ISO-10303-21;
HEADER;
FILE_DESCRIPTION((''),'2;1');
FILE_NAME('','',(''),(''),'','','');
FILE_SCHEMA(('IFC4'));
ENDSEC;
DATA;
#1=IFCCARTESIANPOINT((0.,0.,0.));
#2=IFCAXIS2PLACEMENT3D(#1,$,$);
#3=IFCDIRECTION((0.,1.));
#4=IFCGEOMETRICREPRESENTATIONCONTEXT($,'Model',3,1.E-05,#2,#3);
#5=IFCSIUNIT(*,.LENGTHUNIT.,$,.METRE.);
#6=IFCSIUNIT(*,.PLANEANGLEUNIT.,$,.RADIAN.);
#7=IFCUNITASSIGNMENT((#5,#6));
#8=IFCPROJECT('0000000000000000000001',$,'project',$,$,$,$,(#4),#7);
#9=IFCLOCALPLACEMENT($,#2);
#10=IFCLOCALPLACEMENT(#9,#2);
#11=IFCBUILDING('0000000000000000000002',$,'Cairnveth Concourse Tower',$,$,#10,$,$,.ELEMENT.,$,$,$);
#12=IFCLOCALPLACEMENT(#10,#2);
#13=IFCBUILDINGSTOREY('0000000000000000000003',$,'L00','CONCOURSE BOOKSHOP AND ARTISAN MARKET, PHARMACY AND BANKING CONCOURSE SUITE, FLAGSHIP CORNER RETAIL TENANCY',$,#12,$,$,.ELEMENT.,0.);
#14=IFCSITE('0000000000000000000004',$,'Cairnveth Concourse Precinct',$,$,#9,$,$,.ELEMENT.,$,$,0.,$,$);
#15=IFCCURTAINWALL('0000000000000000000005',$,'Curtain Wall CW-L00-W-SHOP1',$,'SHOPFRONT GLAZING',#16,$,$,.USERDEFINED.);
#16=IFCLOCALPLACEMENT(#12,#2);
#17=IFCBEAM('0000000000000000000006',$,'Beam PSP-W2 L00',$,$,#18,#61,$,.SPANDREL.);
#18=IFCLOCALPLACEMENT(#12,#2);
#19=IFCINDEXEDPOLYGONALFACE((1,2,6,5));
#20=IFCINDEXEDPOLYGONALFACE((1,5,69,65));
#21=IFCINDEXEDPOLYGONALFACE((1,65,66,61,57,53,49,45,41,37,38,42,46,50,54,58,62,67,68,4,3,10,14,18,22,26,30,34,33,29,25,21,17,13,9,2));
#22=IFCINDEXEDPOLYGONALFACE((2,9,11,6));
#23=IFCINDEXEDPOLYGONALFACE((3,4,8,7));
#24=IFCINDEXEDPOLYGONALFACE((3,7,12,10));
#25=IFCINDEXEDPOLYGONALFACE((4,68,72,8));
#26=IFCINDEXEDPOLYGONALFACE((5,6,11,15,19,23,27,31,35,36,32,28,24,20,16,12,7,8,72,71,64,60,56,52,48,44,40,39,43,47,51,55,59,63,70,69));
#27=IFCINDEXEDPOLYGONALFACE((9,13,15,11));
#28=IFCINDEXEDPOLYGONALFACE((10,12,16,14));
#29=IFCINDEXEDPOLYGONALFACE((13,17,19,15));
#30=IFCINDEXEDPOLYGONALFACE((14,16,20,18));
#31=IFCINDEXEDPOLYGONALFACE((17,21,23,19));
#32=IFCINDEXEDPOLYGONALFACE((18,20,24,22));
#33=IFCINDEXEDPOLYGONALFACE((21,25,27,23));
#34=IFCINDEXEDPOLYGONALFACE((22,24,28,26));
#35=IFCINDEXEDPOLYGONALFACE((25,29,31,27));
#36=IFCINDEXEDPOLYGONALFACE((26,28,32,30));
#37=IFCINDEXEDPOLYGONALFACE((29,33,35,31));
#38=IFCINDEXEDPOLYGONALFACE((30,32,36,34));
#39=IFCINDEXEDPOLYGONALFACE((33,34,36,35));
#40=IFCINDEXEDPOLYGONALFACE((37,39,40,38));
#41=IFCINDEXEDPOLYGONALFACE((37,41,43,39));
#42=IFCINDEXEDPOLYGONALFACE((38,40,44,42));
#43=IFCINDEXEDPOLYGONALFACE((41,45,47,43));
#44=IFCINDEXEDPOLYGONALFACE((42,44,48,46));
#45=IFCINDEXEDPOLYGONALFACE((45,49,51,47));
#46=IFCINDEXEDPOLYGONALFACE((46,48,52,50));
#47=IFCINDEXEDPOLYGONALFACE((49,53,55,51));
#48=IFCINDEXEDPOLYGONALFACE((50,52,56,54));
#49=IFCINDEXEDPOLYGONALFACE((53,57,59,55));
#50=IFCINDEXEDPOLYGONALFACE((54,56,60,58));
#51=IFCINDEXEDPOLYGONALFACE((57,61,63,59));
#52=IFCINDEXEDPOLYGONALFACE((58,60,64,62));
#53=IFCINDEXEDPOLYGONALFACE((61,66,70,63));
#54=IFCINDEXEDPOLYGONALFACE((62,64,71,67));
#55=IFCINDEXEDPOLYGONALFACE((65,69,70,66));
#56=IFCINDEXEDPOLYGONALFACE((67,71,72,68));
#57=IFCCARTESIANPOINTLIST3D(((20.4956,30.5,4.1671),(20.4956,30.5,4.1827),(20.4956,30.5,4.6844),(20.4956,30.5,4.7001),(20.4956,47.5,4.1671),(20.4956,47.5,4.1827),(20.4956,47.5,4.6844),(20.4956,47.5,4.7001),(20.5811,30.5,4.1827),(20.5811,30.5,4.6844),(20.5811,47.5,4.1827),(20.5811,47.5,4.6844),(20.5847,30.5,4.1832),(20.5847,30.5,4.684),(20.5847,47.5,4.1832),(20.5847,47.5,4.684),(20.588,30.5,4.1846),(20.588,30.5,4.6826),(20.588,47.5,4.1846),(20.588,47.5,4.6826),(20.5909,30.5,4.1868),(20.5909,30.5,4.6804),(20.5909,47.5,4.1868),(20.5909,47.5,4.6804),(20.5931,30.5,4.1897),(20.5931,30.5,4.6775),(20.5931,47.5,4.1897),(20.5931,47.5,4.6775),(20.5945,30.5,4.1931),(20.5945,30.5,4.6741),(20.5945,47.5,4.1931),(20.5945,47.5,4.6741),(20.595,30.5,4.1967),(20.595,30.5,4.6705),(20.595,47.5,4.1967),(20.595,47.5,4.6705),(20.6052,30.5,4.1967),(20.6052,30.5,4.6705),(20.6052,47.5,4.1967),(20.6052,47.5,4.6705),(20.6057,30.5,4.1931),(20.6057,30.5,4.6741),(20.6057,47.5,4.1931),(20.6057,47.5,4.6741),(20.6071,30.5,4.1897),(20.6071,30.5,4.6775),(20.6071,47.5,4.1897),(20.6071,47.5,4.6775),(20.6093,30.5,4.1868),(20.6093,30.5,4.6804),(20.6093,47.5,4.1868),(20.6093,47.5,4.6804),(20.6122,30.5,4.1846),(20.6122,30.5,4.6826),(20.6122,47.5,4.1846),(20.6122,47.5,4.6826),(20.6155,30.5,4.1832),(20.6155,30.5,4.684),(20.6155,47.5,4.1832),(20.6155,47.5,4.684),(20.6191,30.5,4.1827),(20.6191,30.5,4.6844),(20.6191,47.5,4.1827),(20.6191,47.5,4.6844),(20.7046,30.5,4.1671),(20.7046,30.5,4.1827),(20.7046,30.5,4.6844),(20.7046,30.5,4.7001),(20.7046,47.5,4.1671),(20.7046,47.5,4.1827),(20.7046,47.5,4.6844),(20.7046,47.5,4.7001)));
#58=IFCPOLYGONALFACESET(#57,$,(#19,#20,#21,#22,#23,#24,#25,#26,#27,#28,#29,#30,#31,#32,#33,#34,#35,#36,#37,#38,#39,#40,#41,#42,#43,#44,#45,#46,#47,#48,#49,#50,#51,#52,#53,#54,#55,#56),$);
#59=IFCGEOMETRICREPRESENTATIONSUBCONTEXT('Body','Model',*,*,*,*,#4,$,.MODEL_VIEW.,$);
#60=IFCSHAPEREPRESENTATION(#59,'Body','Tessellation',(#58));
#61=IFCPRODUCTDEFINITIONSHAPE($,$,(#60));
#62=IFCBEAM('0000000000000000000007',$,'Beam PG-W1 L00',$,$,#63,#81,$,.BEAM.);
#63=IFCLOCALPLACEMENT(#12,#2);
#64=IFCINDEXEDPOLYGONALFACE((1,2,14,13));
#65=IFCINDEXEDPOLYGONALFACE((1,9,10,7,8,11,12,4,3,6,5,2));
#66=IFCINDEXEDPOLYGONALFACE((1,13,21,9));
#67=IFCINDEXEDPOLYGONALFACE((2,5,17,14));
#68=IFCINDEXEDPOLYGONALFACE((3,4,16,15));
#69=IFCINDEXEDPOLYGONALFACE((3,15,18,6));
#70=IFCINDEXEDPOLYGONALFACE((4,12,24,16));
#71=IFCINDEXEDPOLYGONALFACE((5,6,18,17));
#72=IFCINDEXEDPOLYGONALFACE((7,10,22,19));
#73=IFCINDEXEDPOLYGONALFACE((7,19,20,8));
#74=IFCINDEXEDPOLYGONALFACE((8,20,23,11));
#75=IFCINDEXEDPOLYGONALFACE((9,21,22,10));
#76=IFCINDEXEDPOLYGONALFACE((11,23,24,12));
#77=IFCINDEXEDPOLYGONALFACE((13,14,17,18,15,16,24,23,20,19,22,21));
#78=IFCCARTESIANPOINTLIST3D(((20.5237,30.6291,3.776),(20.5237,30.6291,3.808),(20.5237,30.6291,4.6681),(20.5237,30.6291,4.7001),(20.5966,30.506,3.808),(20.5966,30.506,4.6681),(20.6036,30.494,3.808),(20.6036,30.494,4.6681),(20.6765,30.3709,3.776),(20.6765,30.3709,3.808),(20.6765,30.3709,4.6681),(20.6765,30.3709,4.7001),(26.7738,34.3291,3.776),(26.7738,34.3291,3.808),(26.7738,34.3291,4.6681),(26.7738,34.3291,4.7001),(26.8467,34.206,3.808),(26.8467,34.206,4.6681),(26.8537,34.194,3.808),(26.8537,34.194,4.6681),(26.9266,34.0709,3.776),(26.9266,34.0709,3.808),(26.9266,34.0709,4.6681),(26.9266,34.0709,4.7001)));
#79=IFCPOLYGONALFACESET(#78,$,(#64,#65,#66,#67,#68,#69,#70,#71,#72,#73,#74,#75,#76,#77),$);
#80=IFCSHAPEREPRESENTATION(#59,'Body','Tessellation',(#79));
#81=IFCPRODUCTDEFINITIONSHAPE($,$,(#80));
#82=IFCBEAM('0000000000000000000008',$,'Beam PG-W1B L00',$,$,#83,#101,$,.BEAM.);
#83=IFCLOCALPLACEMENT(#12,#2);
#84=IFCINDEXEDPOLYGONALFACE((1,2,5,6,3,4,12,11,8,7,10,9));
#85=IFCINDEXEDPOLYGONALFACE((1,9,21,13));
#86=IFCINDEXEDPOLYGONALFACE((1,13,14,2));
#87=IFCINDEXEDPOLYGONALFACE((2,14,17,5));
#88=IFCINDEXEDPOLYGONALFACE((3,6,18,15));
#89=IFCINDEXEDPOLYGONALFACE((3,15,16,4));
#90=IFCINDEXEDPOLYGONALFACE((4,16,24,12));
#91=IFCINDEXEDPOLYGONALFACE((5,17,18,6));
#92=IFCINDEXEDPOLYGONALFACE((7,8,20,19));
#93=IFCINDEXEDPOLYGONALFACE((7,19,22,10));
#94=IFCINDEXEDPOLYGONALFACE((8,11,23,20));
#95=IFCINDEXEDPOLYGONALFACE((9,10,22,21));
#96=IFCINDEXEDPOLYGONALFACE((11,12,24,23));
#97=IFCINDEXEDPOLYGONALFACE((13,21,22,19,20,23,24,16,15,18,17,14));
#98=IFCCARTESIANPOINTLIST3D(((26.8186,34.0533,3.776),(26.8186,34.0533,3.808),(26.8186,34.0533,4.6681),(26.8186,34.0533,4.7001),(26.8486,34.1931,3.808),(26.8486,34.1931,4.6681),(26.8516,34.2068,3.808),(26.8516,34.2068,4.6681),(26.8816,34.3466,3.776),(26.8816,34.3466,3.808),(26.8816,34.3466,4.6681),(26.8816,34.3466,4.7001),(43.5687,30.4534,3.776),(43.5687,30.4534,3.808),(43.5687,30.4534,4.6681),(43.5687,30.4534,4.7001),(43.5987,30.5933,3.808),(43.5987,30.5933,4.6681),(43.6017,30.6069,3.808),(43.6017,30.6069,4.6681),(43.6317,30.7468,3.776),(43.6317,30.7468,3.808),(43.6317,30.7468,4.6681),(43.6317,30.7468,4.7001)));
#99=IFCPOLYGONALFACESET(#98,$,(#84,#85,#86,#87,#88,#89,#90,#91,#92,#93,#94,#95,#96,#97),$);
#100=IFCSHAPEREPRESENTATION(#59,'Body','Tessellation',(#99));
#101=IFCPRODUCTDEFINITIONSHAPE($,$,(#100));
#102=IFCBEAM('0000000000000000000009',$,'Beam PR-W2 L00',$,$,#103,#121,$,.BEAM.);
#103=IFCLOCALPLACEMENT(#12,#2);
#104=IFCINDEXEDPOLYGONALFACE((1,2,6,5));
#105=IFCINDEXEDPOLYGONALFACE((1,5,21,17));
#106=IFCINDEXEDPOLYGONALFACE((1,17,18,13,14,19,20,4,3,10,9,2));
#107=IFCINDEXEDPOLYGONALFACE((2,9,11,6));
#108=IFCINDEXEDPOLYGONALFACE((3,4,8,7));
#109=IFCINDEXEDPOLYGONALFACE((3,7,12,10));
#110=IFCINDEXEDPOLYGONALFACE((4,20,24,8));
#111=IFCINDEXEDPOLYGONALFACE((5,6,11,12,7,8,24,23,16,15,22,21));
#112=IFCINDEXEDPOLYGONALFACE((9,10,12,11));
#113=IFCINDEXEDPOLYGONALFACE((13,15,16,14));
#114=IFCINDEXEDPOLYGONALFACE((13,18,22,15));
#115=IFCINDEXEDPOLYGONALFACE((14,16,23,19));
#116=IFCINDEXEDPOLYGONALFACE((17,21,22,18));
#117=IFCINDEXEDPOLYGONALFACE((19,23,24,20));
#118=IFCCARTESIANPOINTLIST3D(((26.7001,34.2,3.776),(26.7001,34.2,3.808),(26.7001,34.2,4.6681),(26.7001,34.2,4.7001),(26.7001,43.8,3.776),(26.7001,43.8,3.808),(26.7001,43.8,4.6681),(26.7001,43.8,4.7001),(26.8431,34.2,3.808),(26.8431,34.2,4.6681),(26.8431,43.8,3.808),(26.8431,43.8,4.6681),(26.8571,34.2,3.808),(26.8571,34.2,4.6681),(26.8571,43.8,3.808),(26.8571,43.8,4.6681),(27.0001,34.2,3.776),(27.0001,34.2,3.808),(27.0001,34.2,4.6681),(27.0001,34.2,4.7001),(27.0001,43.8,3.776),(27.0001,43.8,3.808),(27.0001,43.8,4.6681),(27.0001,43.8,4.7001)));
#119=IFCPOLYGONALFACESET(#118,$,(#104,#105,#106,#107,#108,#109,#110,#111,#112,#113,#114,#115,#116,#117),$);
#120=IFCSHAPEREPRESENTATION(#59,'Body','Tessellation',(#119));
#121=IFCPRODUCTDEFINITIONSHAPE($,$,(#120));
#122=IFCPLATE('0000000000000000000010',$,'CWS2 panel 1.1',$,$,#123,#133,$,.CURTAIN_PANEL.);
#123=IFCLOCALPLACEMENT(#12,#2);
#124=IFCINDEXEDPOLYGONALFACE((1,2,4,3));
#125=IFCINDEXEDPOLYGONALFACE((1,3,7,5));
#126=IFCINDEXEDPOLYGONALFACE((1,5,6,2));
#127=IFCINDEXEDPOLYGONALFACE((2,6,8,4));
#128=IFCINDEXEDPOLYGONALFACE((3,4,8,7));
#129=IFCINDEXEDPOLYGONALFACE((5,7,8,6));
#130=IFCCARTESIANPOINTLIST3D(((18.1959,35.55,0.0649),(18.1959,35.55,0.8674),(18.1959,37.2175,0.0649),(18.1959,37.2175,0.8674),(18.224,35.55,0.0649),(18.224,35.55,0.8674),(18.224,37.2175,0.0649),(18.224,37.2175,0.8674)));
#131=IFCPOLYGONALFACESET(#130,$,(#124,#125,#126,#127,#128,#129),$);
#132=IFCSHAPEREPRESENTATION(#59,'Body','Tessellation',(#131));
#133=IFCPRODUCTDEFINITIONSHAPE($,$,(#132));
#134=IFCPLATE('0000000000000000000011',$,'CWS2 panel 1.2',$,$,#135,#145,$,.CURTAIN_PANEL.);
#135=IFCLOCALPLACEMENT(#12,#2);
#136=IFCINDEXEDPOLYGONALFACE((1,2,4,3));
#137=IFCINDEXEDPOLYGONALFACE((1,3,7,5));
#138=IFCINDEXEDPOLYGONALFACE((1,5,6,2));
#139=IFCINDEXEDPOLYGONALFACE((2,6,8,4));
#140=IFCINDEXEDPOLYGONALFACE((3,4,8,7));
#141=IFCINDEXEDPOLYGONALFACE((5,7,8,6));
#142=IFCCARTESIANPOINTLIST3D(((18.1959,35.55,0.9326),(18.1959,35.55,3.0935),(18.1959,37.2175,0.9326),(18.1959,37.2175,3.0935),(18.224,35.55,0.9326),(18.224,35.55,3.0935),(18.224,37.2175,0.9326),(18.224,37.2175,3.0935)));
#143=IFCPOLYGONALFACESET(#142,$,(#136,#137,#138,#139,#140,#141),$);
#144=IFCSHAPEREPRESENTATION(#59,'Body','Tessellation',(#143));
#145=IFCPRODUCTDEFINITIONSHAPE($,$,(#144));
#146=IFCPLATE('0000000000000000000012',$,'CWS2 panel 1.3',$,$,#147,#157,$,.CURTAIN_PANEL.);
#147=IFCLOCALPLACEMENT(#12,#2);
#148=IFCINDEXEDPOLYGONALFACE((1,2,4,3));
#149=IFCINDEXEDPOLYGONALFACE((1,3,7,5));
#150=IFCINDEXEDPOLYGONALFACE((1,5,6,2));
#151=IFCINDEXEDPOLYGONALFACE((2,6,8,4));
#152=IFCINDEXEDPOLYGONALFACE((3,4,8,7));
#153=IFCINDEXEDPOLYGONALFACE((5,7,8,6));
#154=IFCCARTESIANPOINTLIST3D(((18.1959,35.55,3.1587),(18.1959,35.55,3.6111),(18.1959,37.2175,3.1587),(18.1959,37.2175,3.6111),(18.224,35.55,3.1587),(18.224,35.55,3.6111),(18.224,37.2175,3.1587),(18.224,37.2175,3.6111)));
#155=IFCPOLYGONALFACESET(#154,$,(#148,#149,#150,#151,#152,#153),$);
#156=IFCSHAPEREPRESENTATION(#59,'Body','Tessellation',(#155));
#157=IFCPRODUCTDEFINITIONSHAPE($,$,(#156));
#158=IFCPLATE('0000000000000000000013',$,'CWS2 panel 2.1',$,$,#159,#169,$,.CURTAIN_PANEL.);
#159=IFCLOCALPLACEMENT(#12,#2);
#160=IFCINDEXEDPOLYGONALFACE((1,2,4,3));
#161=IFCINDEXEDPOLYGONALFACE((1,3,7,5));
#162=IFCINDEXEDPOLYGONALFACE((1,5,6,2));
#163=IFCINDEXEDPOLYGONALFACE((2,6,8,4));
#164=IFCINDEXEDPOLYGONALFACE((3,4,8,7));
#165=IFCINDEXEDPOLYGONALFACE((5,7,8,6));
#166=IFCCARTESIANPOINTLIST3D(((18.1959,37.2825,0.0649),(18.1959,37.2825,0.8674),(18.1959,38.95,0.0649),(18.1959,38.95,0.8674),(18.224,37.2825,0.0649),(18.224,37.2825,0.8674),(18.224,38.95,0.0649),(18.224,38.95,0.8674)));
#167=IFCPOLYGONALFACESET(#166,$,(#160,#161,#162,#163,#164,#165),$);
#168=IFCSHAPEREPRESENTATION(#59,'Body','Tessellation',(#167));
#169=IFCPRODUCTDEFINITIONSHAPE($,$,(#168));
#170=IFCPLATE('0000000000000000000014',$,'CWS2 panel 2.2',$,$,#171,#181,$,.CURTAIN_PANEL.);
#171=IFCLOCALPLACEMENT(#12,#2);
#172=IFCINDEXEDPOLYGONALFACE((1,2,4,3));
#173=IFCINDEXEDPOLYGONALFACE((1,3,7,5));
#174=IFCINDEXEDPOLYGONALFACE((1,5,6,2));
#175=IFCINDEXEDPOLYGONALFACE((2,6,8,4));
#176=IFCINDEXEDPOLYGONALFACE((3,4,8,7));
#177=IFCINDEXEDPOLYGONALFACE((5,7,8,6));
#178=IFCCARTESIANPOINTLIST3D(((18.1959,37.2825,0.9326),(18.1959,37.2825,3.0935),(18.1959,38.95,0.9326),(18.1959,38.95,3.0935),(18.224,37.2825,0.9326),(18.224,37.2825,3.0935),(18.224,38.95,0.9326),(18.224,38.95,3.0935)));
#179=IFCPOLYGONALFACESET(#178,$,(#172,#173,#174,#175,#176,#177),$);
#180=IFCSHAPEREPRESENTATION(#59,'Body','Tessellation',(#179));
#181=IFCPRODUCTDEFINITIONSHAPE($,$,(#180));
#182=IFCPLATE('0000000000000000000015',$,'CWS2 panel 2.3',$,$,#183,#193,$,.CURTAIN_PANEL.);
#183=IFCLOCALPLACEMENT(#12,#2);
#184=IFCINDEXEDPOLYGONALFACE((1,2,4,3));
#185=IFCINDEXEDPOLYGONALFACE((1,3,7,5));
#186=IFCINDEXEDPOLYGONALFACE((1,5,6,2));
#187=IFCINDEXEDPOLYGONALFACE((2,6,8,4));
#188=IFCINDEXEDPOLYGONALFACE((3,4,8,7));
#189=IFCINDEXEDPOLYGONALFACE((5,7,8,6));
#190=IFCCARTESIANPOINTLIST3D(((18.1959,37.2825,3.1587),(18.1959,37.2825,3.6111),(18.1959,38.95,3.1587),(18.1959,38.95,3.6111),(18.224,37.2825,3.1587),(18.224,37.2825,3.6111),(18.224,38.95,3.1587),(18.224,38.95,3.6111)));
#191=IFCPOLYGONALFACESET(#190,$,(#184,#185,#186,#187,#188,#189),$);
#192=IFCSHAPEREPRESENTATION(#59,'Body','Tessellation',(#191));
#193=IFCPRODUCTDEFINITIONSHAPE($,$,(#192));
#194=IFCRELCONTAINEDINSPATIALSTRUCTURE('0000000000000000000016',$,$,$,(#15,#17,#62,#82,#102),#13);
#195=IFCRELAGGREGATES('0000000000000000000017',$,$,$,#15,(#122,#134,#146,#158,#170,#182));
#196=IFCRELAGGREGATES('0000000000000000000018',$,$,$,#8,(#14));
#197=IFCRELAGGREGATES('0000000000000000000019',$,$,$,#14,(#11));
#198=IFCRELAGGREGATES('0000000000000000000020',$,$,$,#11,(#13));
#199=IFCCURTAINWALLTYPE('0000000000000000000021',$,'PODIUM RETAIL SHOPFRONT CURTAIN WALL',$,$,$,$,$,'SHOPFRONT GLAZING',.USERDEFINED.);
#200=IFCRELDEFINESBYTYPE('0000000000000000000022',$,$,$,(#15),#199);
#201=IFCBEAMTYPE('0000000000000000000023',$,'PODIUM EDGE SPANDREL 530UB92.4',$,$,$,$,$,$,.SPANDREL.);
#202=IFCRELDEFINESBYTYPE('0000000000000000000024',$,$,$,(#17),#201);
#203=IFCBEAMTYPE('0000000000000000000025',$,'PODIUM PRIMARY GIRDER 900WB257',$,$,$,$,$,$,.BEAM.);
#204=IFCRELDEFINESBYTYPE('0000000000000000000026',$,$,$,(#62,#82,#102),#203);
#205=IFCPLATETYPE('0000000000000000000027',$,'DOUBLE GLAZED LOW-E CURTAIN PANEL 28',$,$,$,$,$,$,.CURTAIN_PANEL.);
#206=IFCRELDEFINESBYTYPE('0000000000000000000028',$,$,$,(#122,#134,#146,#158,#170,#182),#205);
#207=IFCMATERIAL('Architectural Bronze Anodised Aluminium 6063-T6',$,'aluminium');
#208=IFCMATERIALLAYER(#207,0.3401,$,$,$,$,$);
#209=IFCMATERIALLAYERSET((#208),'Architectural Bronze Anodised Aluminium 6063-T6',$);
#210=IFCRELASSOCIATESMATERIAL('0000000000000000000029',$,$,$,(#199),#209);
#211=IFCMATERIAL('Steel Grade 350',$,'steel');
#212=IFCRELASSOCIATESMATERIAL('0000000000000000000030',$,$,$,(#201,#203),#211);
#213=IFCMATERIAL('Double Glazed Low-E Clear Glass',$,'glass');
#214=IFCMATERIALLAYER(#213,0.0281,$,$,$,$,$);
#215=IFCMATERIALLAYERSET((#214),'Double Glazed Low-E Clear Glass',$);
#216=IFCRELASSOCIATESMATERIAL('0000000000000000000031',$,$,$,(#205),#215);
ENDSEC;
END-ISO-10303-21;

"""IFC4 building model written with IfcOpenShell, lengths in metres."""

from ifc_helpers import new_model, si_unit, direction, frame, origin, origin_2d, place, context, subcontext, project, spatial, rectangle, i_section, extrude, material, layer, layer_set, material_profile, profile_set, type_object, element, aggregate, save


model = new_model("IFC4")

# Units and contexts
model_context = context("Model", 3, precision=1e-05, world=origin(), true_north=direction((0.0, 1.0)))
body_context = subcontext(model_context, "Body", "Model", "MODEL_VIEW")
ifc_project = project(units=[si_unit("LENGTHUNIT", "METRE"), si_unit("PLANEANGLEUNIT", "RADIAN")], contexts=[model_context])

# Site, building, storey
site_placement = place(None, origin())
site = spatial("IfcSite", under=ifc_project, at=site_placement, Name="Cairnveth Concourse Precinct", CompositionType="ELEMENT", RefElevation=0.0)
building_placement = place(site_placement, origin())
building = spatial("IfcBuilding", under=site, at=building_placement, Name="Cairnveth Concourse Tower", CompositionType="ELEMENT")
storey_placement = place(building_placement, origin())
storey = spatial("IfcBuildingStorey", under=building, at=storey_placement, Name="L00", Description="CONCOURSE BOOKSHOP AND ARTISAN MARKET, PHARMACY AND BANKING CONCOURSE SUITE, FLAGSHIP CORNER RETAIL TENANCY", CompositionType="ELEMENT", Elevation=0.0)

# Curtain wall
ifc_material_1 = material(Name="Architectural Bronze Anodised Aluminium 6063-T6", Category="aluminium")
ifc_layer_1 = layer(ifc_material_1, 0.3401)
ifc_layer_set_1 = layer_set([ifc_layer_1], Name="Architectural Bronze Anodised Aluminium 6063-T6")
curtain_wall_type = type_object("IfcCurtainWallType", Name="PODIUM RETAIL SHOPFRONT CURTAIN WALL", ElementType="SHOPFRONT GLAZING", PredefinedType="USERDEFINED", material=ifc_layer_set_1)
curtain_wall_placement = place(storey_placement, origin())
curtain_wall = element("IfcCurtainWall", 1, at=curtain_wall_placement, inside=storey, type_object=curtain_wall_type, Name="Curtain Wall CW-L00-W-SHOP1", ObjectType="SHOPFRONT GLAZING", PredefinedType="USERDEFINED")

# Beams
ifc_material_2 = material(Name="Steel Grade 350", Category="steel")
ifc_material_profile_1 = material_profile(ifc_material_2, i_section(OverallWidth=0.209, OverallDepth=0.533, WebThickness=0.0103, FlangeThickness=0.0156, FilletRadius=0.0139, at=origin_2d()), Name="530UB92.4")
ifc_profile_set_1 = profile_set([ifc_material_profile_1], Name="Steel Grade 350")
beam_type_1 = type_object("IfcBeamType", Name="PODIUM EDGE SPANDREL 530UB92.4", PredefinedType="SPANDREL", material=ifc_profile_set_1)
beam_1_placement = place(storey_placement, frame((20.6001, 30.5, 4.4336), z_axis=(0.0, 1.0, 0.0), x_axis=(-1.0, 0.0, 0.0)))
element("IfcBeam", 2, at=beam_1_placement, inside=storey, type_object=beam_type_1, Name="Beam PSP-W2 L00", PredefinedType="SPANDREL", context=body_context, shape_type="SweptSolid", body=[
    extrude(i_section(OverallWidth=0.209, OverallDepth=0.533, WebThickness=0.0103, FlangeThickness=0.0156, FilletRadius=0.0139, at=origin_2d()), origin(), (0.0, 0.0, 1.0), 17.0),
])
ifc_material_profile_2 = material_profile(ifc_material_2, i_section(OverallWidth=0.3, OverallDepth=0.9241, WebThickness=0.0139, FlangeThickness=0.032, at=origin_2d()), Name="900WB257")
ifc_profile_set_2 = profile_set([ifc_material_profile_2], Name="Steel Grade 350")
beam_type_2 = type_object("IfcBeamType", Name="PODIUM PRIMARY GIRDER 900WB257", PredefinedType="BEAM", material=ifc_profile_set_2)
beam_2_placement = place(storey_placement, frame((20.6001, 30.5, 4.238), z_axis=(0.860518, 0.50942, 0.0), x_axis=(-0.50942, 0.860518, 0.0)))
element("IfcBeam", 3, at=beam_2_placement, inside=storey, type_object=beam_type_2, Name="Beam PG-W1 L00", PredefinedType="BEAM", context=body_context, shape_type="SweptSolid", body=[
    extrude(i_section(OverallWidth=0.3, OverallDepth=0.9241, WebThickness=0.0139, FlangeThickness=0.032, at=origin_2d()), origin(), (0.0, 0.0, 1.0), 7.2632),
])
beam_3_placement = place(storey_placement, frame((26.8501, 34.2, 4.238), z_axis=(0.977676, -0.210119, 0.0), x_axis=(0.210119, 0.977676, 0.0)))
element("IfcBeam", 4, at=beam_3_placement, inside=storey, type_object=beam_type_2, Name="Beam PG-W1B L00", PredefinedType="BEAM", context=body_context, shape_type="SweptSolid", body=[
    extrude(i_section(OverallWidth=0.3, OverallDepth=0.9241, WebThickness=0.0139, FlangeThickness=0.032, at=origin_2d()), origin(), (0.0, 0.0, 1.0), 17.1326),
])
beam_4_placement = place(storey_placement, frame((26.8501, 34.2, 4.238), z_axis=(0.0, 1.0, 0.0), x_axis=(-1.0, 0.0, 0.0)))
element("IfcBeam", 5, at=beam_4_placement, inside=storey, type_object=beam_type_2, Name="Beam PR-W2 L00", PredefinedType="BEAM", context=body_context, shape_type="SweptSolid", body=[
    extrude(i_section(OverallWidth=0.3, OverallDepth=0.9241, WebThickness=0.0139, FlangeThickness=0.032, at=origin_2d()), origin(), (0.0, 0.0, 1.0), 9.6001),
])

# Plates
ifc_material_3 = material(Name="Double Glazed Low-E Clear Glass", Category="glass")
ifc_layer_2 = layer(ifc_material_3, 0.0281)
ifc_layer_set_2 = layer_set([ifc_layer_2], Name="Double Glazed Low-E Clear Glass")
plate_type = type_object("IfcPlateType", Name="DOUBLE GLAZED LOW-E CURTAIN PANEL 28", PredefinedType="CURTAIN_PANEL", material=ifc_layer_set_2)
plate_1_placement = place(storey_placement, frame((18.21, 36.3838, 0.0649), z_axis=(0.0, 0.0, 1.0), x_axis=(0.0, 1.0, 0.0)))
plate_1 = element("IfcPlate", 6, at=plate_1_placement, type_object=plate_type, Name="CWS2 panel 1.1", PredefinedType="CURTAIN_PANEL", context=body_context, shape_type="SweptSolid", body=[
    extrude(rectangle(XDim=1.6675, YDim=0.0281, at=origin_2d()), origin(), (0.0, 0.0, 1.0), 0.8025),
])
plate_2_placement = place(storey_placement, frame((18.21, 36.3838, 0.9326), z_axis=(0.0, 0.0, 1.0), x_axis=(0.0, 1.0, 0.0)))
plate_2 = element("IfcPlate", 7, at=plate_2_placement, type_object=plate_type, Name="CWS2 panel 1.2", PredefinedType="CURTAIN_PANEL", context=body_context, shape_type="SweptSolid", body=[
    extrude(rectangle(XDim=1.6675, YDim=0.0281, at=origin_2d()), origin(), (0.0, 0.0, 1.0), 2.1609),
])
plate_3_placement = place(storey_placement, frame((18.21, 36.3838, 3.1587), z_axis=(0.0, 0.0, 1.0), x_axis=(0.0, 1.0, 0.0)))
plate_3 = element("IfcPlate", 8, at=plate_3_placement, type_object=plate_type, Name="CWS2 panel 1.3", PredefinedType="CURTAIN_PANEL", context=body_context, shape_type="SweptSolid", body=[
    extrude(rectangle(XDim=1.6675, YDim=0.0281, at=origin_2d()), origin(), (0.0, 0.0, 1.0), 0.4524),
])
plate_4_placement = place(storey_placement, frame((18.21, 38.1162, 0.0649), z_axis=(0.0, 0.0, 1.0), x_axis=(0.0, 1.0, 0.0)))
plate_4 = element("IfcPlate", 9, at=plate_4_placement, type_object=plate_type, Name="CWS2 panel 2.1", PredefinedType="CURTAIN_PANEL", context=body_context, shape_type="SweptSolid", body=[
    extrude(rectangle(XDim=1.6675, YDim=0.0281, at=origin_2d()), origin(), (0.0, 0.0, 1.0), 0.8025),
])
plate_5_placement = place(storey_placement, frame((18.21, 38.1162, 0.9326), z_axis=(0.0, 0.0, 1.0), x_axis=(0.0, 1.0, 0.0)))
plate_5 = element("IfcPlate", 10, at=plate_5_placement, type_object=plate_type, Name="CWS2 panel 2.2", PredefinedType="CURTAIN_PANEL", context=body_context, shape_type="SweptSolid", body=[
    extrude(rectangle(XDim=1.6675, YDim=0.0281, at=origin_2d()), origin(), (0.0, 0.0, 1.0), 2.1609),
])
plate_6_placement = place(storey_placement, frame((18.21, 38.1162, 3.1587), z_axis=(0.0, 0.0, 1.0), x_axis=(0.0, 1.0, 0.0)))
plate_6 = element("IfcPlate", 11, at=plate_6_placement, type_object=plate_type, Name="CWS2 panel 2.3", PredefinedType="CURTAIN_PANEL", context=body_context, shape_type="SweptSolid", body=[
    extrude(rectangle(XDim=1.6675, YDim=0.0281, at=origin_2d()), origin(), (0.0, 0.0, 1.0), 0.4524),
])
aggregate(curtain_wall, [plate_1, plate_2, plate_3, plate_4, plate_5, plate_6])

save(model, "model.ifc")
